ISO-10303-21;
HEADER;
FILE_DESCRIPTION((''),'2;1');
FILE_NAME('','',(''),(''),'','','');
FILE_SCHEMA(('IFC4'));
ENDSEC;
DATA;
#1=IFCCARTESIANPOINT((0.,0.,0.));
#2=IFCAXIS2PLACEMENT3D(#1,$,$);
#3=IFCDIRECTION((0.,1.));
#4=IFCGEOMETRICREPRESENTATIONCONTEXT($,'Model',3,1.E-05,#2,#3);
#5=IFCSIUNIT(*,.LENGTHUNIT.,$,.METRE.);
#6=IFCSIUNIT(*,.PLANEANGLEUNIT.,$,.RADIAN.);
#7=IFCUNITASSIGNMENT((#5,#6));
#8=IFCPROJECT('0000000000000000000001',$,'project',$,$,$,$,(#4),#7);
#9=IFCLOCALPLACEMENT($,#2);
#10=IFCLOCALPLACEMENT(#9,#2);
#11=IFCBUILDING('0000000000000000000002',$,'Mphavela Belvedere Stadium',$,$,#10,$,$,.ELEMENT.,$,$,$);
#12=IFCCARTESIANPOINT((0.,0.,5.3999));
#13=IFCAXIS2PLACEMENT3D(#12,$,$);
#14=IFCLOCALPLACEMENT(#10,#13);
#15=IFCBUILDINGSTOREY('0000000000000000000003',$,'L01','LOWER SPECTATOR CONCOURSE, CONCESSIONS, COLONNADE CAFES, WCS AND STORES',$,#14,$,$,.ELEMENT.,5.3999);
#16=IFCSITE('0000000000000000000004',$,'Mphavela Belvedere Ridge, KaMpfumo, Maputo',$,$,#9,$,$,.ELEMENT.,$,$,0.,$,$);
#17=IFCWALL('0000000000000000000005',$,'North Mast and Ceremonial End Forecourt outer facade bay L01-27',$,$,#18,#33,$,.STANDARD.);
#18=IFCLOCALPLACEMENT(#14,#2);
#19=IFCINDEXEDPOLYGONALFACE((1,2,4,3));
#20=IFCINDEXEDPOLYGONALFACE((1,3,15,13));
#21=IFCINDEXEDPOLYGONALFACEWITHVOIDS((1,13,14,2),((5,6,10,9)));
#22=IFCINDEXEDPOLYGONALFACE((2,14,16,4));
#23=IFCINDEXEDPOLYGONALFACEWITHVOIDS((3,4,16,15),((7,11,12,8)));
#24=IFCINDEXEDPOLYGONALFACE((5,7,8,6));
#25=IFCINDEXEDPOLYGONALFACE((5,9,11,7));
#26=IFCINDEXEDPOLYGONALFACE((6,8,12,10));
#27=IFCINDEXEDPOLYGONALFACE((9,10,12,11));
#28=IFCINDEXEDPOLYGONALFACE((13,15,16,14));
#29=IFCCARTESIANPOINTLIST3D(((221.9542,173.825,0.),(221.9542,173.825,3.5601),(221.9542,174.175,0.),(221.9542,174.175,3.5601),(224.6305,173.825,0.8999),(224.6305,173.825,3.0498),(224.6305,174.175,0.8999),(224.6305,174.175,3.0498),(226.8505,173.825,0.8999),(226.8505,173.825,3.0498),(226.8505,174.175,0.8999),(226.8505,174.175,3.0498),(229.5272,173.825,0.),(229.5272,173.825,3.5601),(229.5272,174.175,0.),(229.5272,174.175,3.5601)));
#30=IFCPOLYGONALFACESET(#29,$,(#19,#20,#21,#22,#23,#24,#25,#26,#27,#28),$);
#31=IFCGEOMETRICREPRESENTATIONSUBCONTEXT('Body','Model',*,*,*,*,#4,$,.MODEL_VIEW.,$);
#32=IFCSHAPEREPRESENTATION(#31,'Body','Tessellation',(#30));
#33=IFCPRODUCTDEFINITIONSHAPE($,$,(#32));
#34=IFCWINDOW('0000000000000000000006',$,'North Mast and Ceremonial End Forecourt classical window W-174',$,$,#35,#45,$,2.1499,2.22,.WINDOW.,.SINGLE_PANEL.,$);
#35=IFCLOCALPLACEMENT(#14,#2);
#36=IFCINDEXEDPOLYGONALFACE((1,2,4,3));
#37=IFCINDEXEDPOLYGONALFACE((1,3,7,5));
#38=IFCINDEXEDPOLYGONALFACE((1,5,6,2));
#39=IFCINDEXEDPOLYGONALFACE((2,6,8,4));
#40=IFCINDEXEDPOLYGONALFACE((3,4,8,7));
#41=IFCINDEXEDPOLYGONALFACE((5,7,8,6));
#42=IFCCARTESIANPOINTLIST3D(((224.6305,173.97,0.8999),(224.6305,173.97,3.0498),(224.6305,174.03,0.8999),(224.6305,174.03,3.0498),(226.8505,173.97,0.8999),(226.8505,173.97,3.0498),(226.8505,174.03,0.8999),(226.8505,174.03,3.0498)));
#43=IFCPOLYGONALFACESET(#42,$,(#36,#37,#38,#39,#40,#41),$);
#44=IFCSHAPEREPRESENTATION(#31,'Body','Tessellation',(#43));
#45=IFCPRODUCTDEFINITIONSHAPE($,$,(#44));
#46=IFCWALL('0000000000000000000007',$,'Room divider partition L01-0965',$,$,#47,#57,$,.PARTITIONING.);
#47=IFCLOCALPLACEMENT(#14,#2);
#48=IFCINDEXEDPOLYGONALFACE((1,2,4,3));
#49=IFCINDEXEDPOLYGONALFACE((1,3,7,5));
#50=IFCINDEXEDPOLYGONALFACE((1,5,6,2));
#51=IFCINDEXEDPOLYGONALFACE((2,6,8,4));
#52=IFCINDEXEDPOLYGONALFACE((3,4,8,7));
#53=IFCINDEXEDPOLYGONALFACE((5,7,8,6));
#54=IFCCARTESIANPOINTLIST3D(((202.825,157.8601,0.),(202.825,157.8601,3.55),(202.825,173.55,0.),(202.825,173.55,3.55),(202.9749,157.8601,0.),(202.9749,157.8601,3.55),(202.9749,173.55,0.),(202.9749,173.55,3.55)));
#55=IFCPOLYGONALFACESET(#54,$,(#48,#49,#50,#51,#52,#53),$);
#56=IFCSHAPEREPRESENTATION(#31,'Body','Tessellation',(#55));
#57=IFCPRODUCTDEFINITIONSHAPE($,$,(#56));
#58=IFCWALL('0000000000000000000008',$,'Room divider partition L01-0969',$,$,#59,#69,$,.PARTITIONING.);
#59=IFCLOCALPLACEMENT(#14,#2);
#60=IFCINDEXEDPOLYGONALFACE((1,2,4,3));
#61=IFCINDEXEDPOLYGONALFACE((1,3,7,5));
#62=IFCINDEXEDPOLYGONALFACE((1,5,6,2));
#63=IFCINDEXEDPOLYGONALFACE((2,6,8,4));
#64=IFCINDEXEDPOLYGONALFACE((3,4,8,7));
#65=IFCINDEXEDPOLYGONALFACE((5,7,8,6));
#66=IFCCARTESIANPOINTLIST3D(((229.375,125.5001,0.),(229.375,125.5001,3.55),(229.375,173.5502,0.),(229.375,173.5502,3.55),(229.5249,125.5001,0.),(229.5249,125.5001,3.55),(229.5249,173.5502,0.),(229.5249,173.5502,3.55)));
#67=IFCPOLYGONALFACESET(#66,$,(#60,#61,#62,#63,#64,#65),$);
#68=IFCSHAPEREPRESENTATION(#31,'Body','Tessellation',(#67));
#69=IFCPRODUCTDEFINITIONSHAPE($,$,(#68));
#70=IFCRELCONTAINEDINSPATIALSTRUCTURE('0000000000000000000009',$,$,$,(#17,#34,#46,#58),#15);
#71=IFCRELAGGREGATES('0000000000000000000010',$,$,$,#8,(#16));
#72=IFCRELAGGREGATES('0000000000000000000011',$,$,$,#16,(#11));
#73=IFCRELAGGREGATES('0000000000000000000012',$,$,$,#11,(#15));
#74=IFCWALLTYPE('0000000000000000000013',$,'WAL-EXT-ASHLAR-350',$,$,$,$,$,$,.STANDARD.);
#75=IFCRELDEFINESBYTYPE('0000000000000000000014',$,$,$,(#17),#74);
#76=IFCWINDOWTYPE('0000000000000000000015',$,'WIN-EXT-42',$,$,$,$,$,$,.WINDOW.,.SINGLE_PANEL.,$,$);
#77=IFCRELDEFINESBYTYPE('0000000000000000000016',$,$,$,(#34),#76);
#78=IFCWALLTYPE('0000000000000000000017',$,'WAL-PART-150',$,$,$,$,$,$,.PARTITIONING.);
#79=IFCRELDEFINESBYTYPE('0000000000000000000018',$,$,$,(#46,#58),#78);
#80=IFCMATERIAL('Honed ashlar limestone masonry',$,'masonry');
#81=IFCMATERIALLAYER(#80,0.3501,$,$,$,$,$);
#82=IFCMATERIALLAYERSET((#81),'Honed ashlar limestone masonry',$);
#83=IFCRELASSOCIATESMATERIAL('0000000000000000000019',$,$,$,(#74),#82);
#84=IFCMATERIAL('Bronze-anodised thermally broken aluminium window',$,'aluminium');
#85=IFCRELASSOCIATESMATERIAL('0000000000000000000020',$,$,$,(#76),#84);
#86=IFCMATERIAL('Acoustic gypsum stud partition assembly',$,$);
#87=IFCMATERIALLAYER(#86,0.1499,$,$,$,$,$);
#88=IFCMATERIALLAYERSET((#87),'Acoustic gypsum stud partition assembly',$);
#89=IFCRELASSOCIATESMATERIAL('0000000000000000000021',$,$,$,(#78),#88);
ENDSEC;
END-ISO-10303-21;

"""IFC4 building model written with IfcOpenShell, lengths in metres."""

from ifc_helpers import new_model, si_unit, direction, frame, frame_2d, origin, place, context, subcontext, project, spatial, rectangle, extrude, material, layer, layer_set, type_object, element, fill, save


model = new_model("IFC4")

# Units and contexts
model_context = context("Model", 3, precision=1e-05, world=origin(), true_north=direction((0.0, 1.0)))
body_context = subcontext(model_context, "Body", "Model", "MODEL_VIEW")
ifc_project = project(units=[si_unit("LENGTHUNIT", "METRE"), si_unit("PLANEANGLEUNIT", "RADIAN")], contexts=[model_context])

# Site, building, storey
site_placement = place(None, origin())
site = spatial("IfcSite", under=ifc_project, at=site_placement, Name="Mphavela Belvedere Ridge, KaMpfumo, Maputo", CompositionType="ELEMENT", RefElevation=0.0)
building_placement = place(site_placement, origin())
building = spatial("IfcBuilding", under=site, at=building_placement, Name="Mphavela Belvedere Stadium", CompositionType="ELEMENT")
storey_placement = place(building_placement, frame((0.0, 0.0, 5.3999)))
storey = spatial("IfcBuildingStorey", under=building, at=storey_placement, Name="L01", Description="LOWER SPECTATOR CONCOURSE, CONCESSIONS, COLONNADE CAFES, WCS AND STORES", CompositionType="ELEMENT", Elevation=5.3999)

# Wall, opening, window
ifc_material_1 = material(Name="Honed ashlar limestone masonry", Category="masonry")
ifc_layer_1 = layer(ifc_material_1, 0.3501)
ifc_layer_set_1 = layer_set([ifc_layer_1], Name="Honed ashlar limestone masonry")
wall_type_1 = type_object("IfcWallType", Name="WAL-EXT-ASHLAR-350", PredefinedType="STANDARD", material=ifc_layer_set_1)
wall_1_placement = place(storey_placement, frame((221.9541, 174.0, 0.0), z_axis=(0.0, 0.0, 1.0), x_axis=(1.0, 0.0, 0.0)))
wall_1 = element("IfcWall", 1, at=wall_1_placement, inside=storey, type_object=wall_type_1, Name="North Mast and Ceremonial End Forecourt outer facade bay L01-27", PredefinedType="STANDARD", context=body_context, shape_type="SweptSolid", body=[
    extrude(rectangle(XDim=7.573, YDim=0.3501, at=frame_2d((3.7866, 0.0))), origin(), (0.0, 0.0, 1.0), 3.5601),
])
opening_1_placement = place(wall_1_placement, frame((2.6765, 0.0, 0.8999)))
opening_1 = element("IfcOpeningElement", 2, at=opening_1_placement, cuts=wall_1, PredefinedType="OPENING", context=body_context, shape_type="SweptSolid", body=[
    extrude(rectangle(XDim=2.22, YDim=2.1499, at=frame_2d((1.1099, 1.075))), frame((0.0, 0.1851, 0.0), z_axis=(0.0, -1.0, 0.0), x_axis=(1.0, 0.0, 0.0)), (0.0, 0.0, 1.0), 0.3701),
])
ifc_material_2 = material(Name="Bronze-anodised thermally broken aluminium window", Category="aluminium")
window_type_1 = type_object("IfcWindowType", Name="WIN-EXT-42", PartitioningType="SINGLE_PANEL", PredefinedType="WINDOW", material=ifc_material_2)
window_1_placement = place(opening_1_placement, origin())
window_1 = element("IfcWindow", 3, at=window_1_placement, inside=storey, type_object=window_type_1, Name="North Mast and Ceremonial End Forecourt classical window W-174", OverallHeight=2.1499, OverallWidth=2.22, PartitioningType="SINGLE_PANEL", PredefinedType="WINDOW", context=body_context, shape_type="SweptSolid", body=[
    extrude(rectangle(XDim=2.22, YDim=2.1499, at=frame_2d((1.1099, 1.075))), frame((0.0, 0.03, 0.0), z_axis=(0.0, -1.0, 0.0), x_axis=(1.0, 0.0, 0.0)), (0.0, 0.0, 1.0), 0.0601),
])
fill(opening_1, window_1)

# Walls
ifc_material_3 = material(Name="Acoustic gypsum stud partition assembly")
ifc_layer_2 = layer(ifc_material_3, 0.1499)
ifc_layer_set_2 = layer_set([ifc_layer_2], Name="Acoustic gypsum stud partition assembly")
wall_type_2 = type_object("IfcWallType", Name="WAL-PART-150", PredefinedType="PARTITIONING", material=ifc_layer_set_2)
wall_2_placement = place(storey_placement, frame((202.8999, 173.55, 0.0), z_axis=(0.0, 0.0, 1.0), x_axis=(0.0, -1.0, 0.0)))
element("IfcWall", 4, at=wall_2_placement, inside=storey, type_object=wall_type_2, Name="Room divider partition L01-0965", PredefinedType="PARTITIONING", context=body_context, shape_type="SweptSolid", body=[
    extrude(rectangle(XDim=15.6899, YDim=0.1499, at=frame_2d((7.845, 0.0))), origin(), (0.0, 0.0, 1.0), 3.55),
])
wall_3_placement = place(storey_placement, frame((229.45, 173.55, 0.0), z_axis=(0.0, 0.0, 1.0), x_axis=(0.0, -1.0, 0.0)))
element("IfcWall", 5, at=wall_3_placement, inside=storey, type_object=wall_type_2, Name="Room divider partition L01-0969", PredefinedType="PARTITIONING", context=body_context, shape_type="SweptSolid", body=[
    extrude(rectangle(XDim=48.05, YDim=0.1499, at=frame_2d((24.0249, 0.0))), origin(), (0.0, 0.0, 1.0), 3.55),
])

save(model, "model.ifc")
